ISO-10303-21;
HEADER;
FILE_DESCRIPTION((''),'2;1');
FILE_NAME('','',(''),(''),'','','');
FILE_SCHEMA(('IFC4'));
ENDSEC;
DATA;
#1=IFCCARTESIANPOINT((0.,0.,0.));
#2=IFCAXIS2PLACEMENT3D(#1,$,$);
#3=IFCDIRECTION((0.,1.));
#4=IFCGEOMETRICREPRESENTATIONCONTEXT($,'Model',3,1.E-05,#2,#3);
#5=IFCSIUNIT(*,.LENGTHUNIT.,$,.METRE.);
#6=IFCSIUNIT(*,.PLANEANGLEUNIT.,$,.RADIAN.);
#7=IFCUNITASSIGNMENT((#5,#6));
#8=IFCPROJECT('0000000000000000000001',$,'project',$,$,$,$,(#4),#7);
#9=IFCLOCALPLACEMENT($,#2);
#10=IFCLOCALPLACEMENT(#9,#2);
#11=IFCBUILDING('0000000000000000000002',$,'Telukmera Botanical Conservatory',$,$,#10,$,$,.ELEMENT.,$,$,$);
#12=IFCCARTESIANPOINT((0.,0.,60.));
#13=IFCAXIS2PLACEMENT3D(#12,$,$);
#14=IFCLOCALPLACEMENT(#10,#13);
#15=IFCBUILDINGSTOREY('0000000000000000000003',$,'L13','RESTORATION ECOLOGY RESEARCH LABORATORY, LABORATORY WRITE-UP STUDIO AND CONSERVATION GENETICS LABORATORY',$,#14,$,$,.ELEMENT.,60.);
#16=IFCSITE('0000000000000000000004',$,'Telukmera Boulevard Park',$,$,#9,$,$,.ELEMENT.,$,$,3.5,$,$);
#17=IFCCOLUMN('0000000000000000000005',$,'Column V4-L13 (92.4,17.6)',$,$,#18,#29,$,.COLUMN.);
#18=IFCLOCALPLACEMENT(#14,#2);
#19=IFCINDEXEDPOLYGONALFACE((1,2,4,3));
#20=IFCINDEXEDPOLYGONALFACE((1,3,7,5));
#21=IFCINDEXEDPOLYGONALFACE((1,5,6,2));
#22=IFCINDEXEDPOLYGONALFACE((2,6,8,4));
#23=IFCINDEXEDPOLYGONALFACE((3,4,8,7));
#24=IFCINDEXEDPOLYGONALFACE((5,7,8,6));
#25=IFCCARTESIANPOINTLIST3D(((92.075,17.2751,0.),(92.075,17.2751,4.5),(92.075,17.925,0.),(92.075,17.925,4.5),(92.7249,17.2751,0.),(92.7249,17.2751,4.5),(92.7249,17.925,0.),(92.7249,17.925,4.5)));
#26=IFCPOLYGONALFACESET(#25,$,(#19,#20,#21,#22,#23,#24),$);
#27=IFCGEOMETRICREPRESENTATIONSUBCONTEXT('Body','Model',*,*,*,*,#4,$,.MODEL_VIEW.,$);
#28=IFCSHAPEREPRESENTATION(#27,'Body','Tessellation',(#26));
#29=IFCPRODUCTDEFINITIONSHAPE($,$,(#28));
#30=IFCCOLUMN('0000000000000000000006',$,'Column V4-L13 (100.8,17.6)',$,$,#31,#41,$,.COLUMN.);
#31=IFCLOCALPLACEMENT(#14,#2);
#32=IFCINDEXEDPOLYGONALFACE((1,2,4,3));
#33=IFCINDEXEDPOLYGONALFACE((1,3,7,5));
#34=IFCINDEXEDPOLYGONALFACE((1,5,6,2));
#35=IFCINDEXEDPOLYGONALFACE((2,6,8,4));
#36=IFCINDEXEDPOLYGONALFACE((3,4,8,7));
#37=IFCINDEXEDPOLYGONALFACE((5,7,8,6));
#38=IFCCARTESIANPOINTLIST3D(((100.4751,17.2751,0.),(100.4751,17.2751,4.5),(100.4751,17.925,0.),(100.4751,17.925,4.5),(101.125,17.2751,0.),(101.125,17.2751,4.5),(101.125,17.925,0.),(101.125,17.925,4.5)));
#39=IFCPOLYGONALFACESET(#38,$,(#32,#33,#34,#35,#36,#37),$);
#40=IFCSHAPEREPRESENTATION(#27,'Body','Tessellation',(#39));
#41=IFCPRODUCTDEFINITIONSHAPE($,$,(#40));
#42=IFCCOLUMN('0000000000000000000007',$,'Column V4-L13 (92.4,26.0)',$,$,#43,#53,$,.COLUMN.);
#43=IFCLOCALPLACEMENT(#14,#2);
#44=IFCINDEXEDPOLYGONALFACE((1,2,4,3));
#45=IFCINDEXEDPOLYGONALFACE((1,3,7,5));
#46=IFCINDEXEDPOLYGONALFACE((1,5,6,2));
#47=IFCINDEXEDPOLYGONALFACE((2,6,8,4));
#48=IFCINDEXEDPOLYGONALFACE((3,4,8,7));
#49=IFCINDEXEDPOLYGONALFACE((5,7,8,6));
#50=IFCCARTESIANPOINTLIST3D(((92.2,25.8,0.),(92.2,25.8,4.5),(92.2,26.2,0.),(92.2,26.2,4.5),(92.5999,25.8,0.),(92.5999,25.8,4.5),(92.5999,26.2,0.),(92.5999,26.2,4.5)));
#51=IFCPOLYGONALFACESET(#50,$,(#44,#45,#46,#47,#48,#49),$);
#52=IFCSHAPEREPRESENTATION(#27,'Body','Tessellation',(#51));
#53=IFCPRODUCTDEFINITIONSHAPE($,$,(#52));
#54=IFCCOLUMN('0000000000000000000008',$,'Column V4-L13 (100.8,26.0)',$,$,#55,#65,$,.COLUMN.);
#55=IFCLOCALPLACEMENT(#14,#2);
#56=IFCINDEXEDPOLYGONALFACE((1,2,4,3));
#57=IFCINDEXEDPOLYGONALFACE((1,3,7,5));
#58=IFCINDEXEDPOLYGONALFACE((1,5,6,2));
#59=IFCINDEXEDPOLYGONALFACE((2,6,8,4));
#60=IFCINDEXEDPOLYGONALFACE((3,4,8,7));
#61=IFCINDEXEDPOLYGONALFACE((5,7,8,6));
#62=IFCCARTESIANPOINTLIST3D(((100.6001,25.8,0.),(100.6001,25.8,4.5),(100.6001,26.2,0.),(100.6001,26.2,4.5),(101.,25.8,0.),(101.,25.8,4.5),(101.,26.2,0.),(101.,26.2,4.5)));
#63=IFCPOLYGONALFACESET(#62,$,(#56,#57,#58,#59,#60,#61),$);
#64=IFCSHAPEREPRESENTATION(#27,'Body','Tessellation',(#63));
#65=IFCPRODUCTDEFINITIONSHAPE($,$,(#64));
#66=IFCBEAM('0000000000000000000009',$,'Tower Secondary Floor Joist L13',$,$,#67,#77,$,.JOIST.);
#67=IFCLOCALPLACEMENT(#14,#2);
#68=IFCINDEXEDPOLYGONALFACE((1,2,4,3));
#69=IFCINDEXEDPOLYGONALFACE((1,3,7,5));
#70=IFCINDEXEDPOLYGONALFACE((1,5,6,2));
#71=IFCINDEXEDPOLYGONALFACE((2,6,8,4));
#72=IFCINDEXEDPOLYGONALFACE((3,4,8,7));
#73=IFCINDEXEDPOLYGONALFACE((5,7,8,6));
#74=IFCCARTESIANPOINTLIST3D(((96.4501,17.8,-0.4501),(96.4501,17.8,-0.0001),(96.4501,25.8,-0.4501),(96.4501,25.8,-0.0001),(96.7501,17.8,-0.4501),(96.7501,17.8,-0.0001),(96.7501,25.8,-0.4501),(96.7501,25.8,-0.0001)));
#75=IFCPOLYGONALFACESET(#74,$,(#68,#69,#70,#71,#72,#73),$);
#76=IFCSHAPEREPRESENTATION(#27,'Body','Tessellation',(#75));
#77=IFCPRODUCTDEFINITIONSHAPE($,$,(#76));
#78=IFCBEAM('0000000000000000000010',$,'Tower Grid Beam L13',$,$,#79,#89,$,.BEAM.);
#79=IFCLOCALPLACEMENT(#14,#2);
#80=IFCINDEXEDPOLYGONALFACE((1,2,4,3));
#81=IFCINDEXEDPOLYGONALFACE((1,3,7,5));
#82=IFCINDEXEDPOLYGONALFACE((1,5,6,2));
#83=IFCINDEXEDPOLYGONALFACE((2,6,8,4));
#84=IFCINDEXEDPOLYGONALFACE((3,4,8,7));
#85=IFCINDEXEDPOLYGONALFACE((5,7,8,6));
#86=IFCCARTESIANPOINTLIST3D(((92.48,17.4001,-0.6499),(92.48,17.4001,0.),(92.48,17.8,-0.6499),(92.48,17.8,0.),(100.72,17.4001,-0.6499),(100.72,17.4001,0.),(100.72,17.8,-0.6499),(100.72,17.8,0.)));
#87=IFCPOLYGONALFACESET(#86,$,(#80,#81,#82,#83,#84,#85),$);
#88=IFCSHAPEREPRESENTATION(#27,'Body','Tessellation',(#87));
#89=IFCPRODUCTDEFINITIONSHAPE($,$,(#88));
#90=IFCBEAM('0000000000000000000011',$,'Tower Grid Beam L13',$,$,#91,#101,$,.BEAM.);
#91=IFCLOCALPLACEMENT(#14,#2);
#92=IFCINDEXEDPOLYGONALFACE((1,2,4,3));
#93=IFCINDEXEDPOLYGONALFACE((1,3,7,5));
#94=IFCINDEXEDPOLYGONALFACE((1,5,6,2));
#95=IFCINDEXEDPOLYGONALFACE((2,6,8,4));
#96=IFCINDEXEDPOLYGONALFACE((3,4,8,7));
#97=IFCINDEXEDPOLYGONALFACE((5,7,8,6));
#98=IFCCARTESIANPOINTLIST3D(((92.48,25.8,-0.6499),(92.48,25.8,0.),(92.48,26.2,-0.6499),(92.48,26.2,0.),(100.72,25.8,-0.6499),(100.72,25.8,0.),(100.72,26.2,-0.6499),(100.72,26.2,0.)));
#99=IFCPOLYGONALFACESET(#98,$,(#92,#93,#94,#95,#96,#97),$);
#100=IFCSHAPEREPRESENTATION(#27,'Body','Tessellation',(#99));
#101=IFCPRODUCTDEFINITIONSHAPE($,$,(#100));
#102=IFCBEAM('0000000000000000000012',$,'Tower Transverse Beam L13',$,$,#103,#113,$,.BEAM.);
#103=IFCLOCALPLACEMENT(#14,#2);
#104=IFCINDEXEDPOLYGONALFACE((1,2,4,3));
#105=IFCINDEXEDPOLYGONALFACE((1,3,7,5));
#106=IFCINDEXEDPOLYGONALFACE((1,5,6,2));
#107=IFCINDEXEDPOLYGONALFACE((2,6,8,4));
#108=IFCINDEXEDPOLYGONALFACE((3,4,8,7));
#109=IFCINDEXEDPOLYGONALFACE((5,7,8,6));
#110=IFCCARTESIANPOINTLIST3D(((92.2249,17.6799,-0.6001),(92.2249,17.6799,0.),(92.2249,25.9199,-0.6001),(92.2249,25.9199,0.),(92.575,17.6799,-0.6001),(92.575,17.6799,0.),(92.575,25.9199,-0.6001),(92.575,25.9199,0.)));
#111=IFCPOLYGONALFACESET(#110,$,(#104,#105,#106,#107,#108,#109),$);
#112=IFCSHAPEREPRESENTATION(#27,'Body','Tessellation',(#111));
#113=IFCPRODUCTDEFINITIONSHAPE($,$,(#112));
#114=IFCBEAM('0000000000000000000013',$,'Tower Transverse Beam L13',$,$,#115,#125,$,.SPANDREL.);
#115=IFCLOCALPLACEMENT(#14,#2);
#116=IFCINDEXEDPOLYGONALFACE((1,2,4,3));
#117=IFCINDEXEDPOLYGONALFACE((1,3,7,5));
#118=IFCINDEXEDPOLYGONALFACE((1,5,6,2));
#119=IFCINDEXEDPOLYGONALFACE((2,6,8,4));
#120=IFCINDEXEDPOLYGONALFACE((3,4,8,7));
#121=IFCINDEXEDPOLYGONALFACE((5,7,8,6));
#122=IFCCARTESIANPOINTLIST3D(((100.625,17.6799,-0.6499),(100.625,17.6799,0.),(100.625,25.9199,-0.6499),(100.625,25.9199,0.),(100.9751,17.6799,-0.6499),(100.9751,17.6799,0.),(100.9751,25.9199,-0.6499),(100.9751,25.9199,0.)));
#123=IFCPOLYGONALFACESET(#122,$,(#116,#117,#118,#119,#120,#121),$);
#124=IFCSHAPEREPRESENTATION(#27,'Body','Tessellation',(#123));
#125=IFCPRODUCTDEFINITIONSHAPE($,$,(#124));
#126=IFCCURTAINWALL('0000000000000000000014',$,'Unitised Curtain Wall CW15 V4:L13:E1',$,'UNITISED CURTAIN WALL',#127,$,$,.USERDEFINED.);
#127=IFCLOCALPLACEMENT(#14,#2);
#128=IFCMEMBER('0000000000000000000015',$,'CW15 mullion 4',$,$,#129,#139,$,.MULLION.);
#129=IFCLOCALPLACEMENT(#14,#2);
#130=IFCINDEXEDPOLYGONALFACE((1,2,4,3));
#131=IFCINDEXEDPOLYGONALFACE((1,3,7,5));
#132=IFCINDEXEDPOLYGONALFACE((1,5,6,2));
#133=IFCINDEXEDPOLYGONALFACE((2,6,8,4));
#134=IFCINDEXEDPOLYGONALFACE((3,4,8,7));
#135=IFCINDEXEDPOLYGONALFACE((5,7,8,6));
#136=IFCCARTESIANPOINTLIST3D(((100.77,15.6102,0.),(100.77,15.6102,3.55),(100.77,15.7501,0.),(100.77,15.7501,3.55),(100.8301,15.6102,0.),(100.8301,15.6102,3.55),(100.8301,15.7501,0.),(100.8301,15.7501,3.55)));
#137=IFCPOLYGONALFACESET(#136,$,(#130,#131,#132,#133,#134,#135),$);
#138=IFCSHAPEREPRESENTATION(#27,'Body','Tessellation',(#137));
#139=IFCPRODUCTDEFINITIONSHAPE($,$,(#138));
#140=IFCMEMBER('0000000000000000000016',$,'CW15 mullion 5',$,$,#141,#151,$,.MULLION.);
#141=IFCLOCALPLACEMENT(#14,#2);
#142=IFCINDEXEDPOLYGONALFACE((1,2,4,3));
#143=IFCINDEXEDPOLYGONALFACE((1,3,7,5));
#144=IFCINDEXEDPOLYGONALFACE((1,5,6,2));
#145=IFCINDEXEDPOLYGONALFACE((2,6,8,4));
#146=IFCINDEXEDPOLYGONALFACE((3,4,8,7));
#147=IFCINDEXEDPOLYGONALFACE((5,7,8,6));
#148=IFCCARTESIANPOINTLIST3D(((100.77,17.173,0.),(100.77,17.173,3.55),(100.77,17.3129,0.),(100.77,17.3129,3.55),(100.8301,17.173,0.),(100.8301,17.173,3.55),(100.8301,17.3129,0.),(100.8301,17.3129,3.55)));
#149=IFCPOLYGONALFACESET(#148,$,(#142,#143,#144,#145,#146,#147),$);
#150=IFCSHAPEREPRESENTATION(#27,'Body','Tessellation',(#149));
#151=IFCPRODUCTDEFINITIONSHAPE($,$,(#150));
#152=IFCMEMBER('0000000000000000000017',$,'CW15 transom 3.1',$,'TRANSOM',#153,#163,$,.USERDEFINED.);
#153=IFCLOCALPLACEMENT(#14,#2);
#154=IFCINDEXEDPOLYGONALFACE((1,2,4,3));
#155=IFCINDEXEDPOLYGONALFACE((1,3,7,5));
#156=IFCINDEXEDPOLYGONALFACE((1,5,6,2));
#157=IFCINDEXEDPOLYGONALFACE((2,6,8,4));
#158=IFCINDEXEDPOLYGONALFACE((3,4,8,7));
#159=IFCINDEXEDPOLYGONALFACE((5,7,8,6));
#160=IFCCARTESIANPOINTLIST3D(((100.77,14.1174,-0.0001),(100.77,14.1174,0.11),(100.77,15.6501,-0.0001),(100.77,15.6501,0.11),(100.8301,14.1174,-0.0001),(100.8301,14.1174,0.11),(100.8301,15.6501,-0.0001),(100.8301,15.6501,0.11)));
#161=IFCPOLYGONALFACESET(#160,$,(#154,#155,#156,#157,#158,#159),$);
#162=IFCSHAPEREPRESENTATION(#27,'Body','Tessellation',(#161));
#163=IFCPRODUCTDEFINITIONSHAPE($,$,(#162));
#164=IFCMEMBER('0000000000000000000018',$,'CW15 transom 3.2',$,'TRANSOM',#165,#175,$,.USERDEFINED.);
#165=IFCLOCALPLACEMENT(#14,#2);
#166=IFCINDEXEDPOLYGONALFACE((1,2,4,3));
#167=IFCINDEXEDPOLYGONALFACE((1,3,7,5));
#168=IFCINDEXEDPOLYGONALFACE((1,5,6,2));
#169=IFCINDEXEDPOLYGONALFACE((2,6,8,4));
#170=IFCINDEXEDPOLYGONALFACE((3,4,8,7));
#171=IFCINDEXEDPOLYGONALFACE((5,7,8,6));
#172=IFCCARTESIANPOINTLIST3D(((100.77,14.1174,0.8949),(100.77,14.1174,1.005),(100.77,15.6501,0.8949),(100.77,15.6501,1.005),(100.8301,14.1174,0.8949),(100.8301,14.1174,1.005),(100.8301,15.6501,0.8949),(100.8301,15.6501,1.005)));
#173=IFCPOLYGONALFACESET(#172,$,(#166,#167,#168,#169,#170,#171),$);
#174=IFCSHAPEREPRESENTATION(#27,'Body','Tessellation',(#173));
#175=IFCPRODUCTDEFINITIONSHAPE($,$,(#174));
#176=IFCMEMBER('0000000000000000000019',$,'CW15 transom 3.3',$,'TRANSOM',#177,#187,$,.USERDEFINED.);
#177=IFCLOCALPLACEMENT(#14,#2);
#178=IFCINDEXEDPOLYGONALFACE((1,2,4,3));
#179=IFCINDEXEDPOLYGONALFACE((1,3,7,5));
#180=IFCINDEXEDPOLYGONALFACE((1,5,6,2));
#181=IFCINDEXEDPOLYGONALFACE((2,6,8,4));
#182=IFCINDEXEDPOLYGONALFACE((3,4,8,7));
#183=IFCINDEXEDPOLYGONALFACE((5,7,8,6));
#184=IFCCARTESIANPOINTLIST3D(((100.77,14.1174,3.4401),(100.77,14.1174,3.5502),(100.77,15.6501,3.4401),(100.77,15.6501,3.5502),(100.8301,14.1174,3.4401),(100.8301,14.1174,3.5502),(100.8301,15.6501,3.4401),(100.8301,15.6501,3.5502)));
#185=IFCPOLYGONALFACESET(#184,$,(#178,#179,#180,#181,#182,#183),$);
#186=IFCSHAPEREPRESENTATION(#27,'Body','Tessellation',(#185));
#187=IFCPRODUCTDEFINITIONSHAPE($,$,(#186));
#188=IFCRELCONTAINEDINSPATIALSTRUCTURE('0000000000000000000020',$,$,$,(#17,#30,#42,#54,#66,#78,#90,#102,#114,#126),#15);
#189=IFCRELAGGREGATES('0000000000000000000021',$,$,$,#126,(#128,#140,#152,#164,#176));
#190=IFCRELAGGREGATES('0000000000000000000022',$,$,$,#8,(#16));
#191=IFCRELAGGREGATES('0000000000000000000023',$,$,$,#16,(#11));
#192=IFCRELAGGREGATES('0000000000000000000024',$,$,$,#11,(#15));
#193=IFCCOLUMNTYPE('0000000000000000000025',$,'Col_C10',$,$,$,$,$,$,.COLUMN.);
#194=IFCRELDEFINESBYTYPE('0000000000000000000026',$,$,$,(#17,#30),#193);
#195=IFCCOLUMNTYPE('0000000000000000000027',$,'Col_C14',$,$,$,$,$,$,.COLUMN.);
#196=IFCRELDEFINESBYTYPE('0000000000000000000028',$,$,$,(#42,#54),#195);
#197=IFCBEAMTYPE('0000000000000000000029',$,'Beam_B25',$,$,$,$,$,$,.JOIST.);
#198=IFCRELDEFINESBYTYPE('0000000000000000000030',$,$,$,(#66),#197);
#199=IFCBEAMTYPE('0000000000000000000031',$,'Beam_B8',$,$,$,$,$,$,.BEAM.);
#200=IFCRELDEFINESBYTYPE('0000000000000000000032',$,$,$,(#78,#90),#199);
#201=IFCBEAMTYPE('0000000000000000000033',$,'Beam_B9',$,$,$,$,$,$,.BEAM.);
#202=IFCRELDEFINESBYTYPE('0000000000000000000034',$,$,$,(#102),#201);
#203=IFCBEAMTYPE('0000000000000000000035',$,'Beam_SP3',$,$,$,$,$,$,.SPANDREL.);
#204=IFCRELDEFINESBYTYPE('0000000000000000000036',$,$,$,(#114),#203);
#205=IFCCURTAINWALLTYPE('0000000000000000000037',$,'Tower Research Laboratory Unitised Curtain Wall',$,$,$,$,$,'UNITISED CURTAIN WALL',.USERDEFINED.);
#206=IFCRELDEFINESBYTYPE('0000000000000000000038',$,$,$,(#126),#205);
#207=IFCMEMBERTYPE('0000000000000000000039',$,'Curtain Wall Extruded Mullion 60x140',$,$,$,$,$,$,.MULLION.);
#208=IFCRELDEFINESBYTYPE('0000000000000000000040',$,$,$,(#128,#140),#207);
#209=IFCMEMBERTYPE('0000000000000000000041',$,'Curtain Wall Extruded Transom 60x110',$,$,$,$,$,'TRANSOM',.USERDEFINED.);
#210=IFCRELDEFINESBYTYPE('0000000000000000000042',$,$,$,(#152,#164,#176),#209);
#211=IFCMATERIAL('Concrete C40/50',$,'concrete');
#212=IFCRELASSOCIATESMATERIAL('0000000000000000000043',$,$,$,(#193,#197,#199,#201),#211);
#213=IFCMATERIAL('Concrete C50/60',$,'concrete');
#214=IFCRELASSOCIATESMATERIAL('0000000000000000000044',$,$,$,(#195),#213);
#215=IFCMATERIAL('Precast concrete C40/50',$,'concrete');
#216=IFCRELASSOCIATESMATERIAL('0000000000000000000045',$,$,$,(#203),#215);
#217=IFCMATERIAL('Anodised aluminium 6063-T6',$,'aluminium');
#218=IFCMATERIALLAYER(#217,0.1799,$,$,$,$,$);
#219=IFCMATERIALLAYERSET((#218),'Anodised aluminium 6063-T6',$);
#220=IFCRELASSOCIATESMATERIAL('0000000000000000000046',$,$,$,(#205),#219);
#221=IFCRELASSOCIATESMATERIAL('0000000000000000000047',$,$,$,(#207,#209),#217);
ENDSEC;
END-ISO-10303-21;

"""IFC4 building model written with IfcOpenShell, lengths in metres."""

from ifc_helpers import new_model, si_unit, direction, frame, origin, origin_2d, place, context, subcontext, project, spatial, rectangle, extrude, material, layer, layer_set, material_profile, profile_set, type_object, element, aggregate, save


model = new_model("IFC4")

# Units and contexts
model_context = context("Model", 3, precision=1e-05, world=origin(), true_north=direction((0.0, 1.0)))
body_context = subcontext(model_context, "Body", "Model", "MODEL_VIEW")
ifc_project = project(units=[si_unit("LENGTHUNIT", "METRE"), si_unit("PLANEANGLEUNIT", "RADIAN")], contexts=[model_context])

# Site, building, storey
site_placement = place(None, origin())
site = spatial("IfcSite", under=ifc_project, at=site_placement, Name="Telukmera Boulevard Park", CompositionType="ELEMENT", RefElevation=3.5)
building_placement = place(site_placement, origin())
building = spatial("IfcBuilding", under=site, at=building_placement, Name="Telukmera Botanical Conservatory", CompositionType="ELEMENT")
storey_placement = place(building_placement, frame((0.0, 0.0, 60.0)))
storey = spatial("IfcBuildingStorey", under=building, at=storey_placement, Name="L13", Description="RESTORATION ECOLOGY RESEARCH LABORATORY, LABORATORY WRITE-UP STUDIO AND CONSERVATION GENETICS LABORATORY", CompositionType="ELEMENT", Elevation=60.0)

# Columns
ifc_material_1 = material(Name="Concrete C40/50", Category="concrete")
ifc_material_profile_1 = material_profile(ifc_material_1, rectangle(XDim=0.6499, YDim=0.6499, at=origin_2d()), Name="RC 650x650")
ifc_profile_set_1 = profile_set([ifc_material_profile_1], Name="Concrete C40/50")
column_type_1 = type_object("IfcColumnType", Name="Col_C10", PredefinedType="COLUMN", material=ifc_profile_set_1)
for number, where, z_axis, x_axis, name in (
    (1, (92.3999, 17.6001, 0.0), (0.0, 0.0, 1.0), (1.0, 0.0, 0.0), "Column V4-L13 (92.4,17.6)"),
    (2, (100.8, 17.6001, 0.0), (0.0, 0.0, 1.0), (1.0, 0.0, 0.0), "Column V4-L13 (100.8,17.6)"),
):
    element("IfcColumn", number, at=place(storey_placement, frame(where, z_axis=z_axis, x_axis=x_axis)), inside=storey, type_object=column_type_1, Name=name, PredefinedType="COLUMN", context=body_context, shape_type="SweptSolid", body=[
        extrude(rectangle(XDim=0.6499, YDim=0.6499, at=origin_2d()), origin(), (0.0, 0.0, 1.0), 4.5),
    ])
ifc_material_2 = material(Name="Concrete C50/60", Category="concrete")
ifc_material_profile_2 = material_profile(ifc_material_2, rectangle(XDim=0.3999, YDim=0.3999, at=origin_2d()), Name="RC 400x400")
ifc_profile_set_2 = profile_set([ifc_material_profile_2], Name="Concrete C50/60")
column_type_2 = type_object("IfcColumnType", Name="Col_C14", PredefinedType="COLUMN", material=ifc_profile_set_2)
for number, where, z_axis, x_axis, name in (
    (3, (92.3999, 26.0, 0.0), (0.0, 0.0, 1.0), (1.0, 0.0, 0.0), "Column V4-L13 (92.4,26.0)"),
    (4, (100.8, 26.0, 0.0), (0.0, 0.0, 1.0), (1.0, 0.0, 0.0), "Column V4-L13 (100.8,26.0)"),
):
    element("IfcColumn", number, at=place(storey_placement, frame(where, z_axis=z_axis, x_axis=x_axis)), inside=storey, type_object=column_type_2, Name=name, PredefinedType="COLUMN", context=body_context, shape_type="SweptSolid", body=[
        extrude(rectangle(XDim=0.3999, YDim=0.3999, at=origin_2d()), origin(), (0.0, 0.0, 1.0), 4.5),
    ])

# Beams
ifc_material_profile_3 = material_profile(ifc_material_1, rectangle(XDim=0.3, YDim=0.45, at=origin_2d()), Name="RC 300x450")
ifc_profile_set_3 = profile_set([ifc_material_profile_3], Name="Concrete C40/50")
beam_type_1 = type_object("IfcBeamType", Name="Beam_B25", PredefinedType="JOIST", material=ifc_profile_set_3)
beam_1_placement = place(storey_placement, frame((96.6001, 17.8, -0.2251), z_axis=(0.0, 1.0, 0.0), x_axis=(-1.0, 0.0, 0.0)))
element("IfcBeam", 5, at=beam_1_placement, inside=storey, type_object=beam_type_1, Name="Tower Secondary Floor Joist L13", PredefinedType="JOIST", context=body_context, shape_type="SweptSolid", body=[
    extrude(rectangle(XDim=0.3, YDim=0.45, at=origin_2d()), origin(), (0.0, 0.0, 1.0), 8.0),
])
ifc_material_profile_4 = material_profile(ifc_material_1, rectangle(XDim=0.3999, YDim=0.6499, at=origin_2d()), Name="RC 400x650")
ifc_profile_set_4 = profile_set([ifc_material_profile_4], Name="Concrete C40/50")
beam_type_2 = type_object("IfcBeamType", Name="Beam_B8", PredefinedType="BEAM", material=ifc_profile_set_4)
for number, where, z_axis, x_axis, name in (
    (6, (92.48, 17.6001, -0.325), (1.0, 0.0, 0.0), (0.0, 1.0, 0.0), "Tower Grid Beam L13"),
    (7, (92.48, 26.0, -0.325), (1.0, 0.0, 0.0), (0.0, 1.0, 0.0), "Tower Grid Beam L13"),
):
    element("IfcBeam", number, at=place(storey_placement, frame(where, z_axis=z_axis, x_axis=x_axis)), inside=storey, type_object=beam_type_2, Name=name, PredefinedType="BEAM", context=body_context, shape_type="SweptSolid", body=[
        extrude(rectangle(XDim=0.3999, YDim=0.6499, at=origin_2d()), origin(), (0.0, 0.0, 1.0), 8.24),
    ])
ifc_material_profile_5 = material_profile(ifc_material_1, rectangle(XDim=0.3501, YDim=0.6001, at=origin_2d()), Name="RC 350x600")
ifc_profile_set_5 = profile_set([ifc_material_profile_5], Name="Concrete C40/50")
beam_type_3 = type_object("IfcBeamType", Name="Beam_B9", PredefinedType="BEAM", material=ifc_profile_set_5)
beam_2_placement = place(storey_placement, frame((92.3999, 17.6799, -0.3), z_axis=(0.0, 1.0, 0.0), x_axis=(-1.0, 0.0, 0.0)))
element("IfcBeam", 8, at=beam_2_placement, inside=storey, type_object=beam_type_3, Name="Tower Transverse Beam L13", PredefinedType="BEAM", context=body_context, shape_type="SweptSolid", body=[
    extrude(rectangle(XDim=0.3501, YDim=0.6001, at=origin_2d()), origin(), (0.0, 0.0, 1.0), 8.24),
])
ifc_material_3 = material(Name="Precast concrete C40/50", Category="concrete")
ifc_material_profile_6 = material_profile(ifc_material_3, rectangle(XDim=0.3501, YDim=0.6499, at=origin_2d()), Name="PC 350x650")
ifc_profile_set_6 = profile_set([ifc_material_profile_6], Name="Precast concrete C40/50")
beam_type_4 = type_object("IfcBeamType", Name="Beam_SP3", PredefinedType="SPANDREL", material=ifc_profile_set_6)
beam_3_placement = place(storey_placement, frame((100.8, 17.6799, -0.325), z_axis=(0.0, 1.0, 0.0), x_axis=(-1.0, 0.0, 0.0)))
element("IfcBeam", 9, at=beam_3_placement, inside=storey, type_object=beam_type_4, Name="Tower Transverse Beam L13", PredefinedType="SPANDREL", context=body_context, shape_type="SweptSolid", body=[
    extrude(rectangle(XDim=0.3501, YDim=0.6499, at=origin_2d()), origin(), (0.0, 0.0, 1.0), 8.24),
])

# Curtain wall, members
ifc_material_4 = material(Name="Anodised aluminium 6063-T6", Category="aluminium")
ifc_layer_1 = layer(ifc_material_4, 0.1799)
ifc_layer_set_1 = layer_set([ifc_layer_1], Name="Anodised aluminium 6063-T6")
curtain_wall_type = type_object("IfcCurtainWallType", Name="Tower Research Laboratory Unitised Curtain Wall", ElementType="UNITISED CURTAIN WALL", PredefinedType="USERDEFINED", material=ifc_layer_set_1)
curtain_wall_placement = place(storey_placement, origin())
curtain_wall = element("IfcCurtainWall", 10, at=curtain_wall_placement, inside=storey, type_object=curtain_wall_type, Name="Unitised Curtain Wall CW15 V4:L13:E1", ObjectType="UNITISED CURTAIN WALL", PredefinedType="USERDEFINED")
ifc_material_profile_7 = material_profile(ifc_material_4, rectangle(XDim=0.0601, YDim=0.1399, at=origin_2d()), Name="ALU MULL 60x140")
ifc_profile_set_7 = profile_set([ifc_material_profile_7], Name="Anodised aluminium 6063-T6")
member_type_1 = type_object("IfcMemberType", Name="Curtain Wall Extruded Mullion 60x140", PredefinedType="MULLION", material=ifc_profile_set_7)
member_1_placement = place(storey_placement, frame((100.8, 15.6802, 0.0), z_axis=(0.0, 0.0, 1.0), x_axis=(-1.0, 0.0, 0.0)))
member_1 = element("IfcMember", 11, at=member_1_placement, type_object=member_type_1, Name="CW15 mullion 4", PredefinedType="MULLION", context=body_context, shape_type="SweptSolid", body=[
    extrude(rectangle(XDim=0.0601, YDim=0.1399, at=origin_2d()), origin(), (0.0, 0.0, 1.0), 3.55),
])
member_2_placement = place(storey_placement, frame((100.8, 17.2429, 0.0), z_axis=(0.0, 0.0, 1.0), x_axis=(-1.0, 0.0, 0.0)))
member_2 = element("IfcMember", 12, at=member_2_placement, type_object=member_type_1, Name="CW15 mullion 5", PredefinedType="MULLION", context=body_context, shape_type="SweptSolid", body=[
    extrude(rectangle(XDim=0.0601, YDim=0.1399, at=origin_2d()), origin(), (0.0, 0.0, 1.0), 3.55),
])
ifc_material_profile_8 = material_profile(ifc_material_4, rectangle(XDim=0.0601, YDim=0.1101, at=origin_2d()), Name="ALU TRAN 60x110")
ifc_profile_set_8 = profile_set([ifc_material_profile_8], Name="Anodised aluminium 6063-T6")
member_type_2 = type_object("IfcMemberType", Name="Curtain Wall Extruded Transom 60x110", ElementType="TRANSOM", PredefinedType="USERDEFINED", material=ifc_profile_set_8)
member_3_placement = place(storey_placement, frame((100.8, 14.1174, 0.0549), z_axis=(0.0, 1.0, 0.0), x_axis=(-1.0, 0.0, 0.0)))
member_3 = element("IfcMember", 13, at=member_3_placement, type_object=member_type_2, Name="CW15 transom 3.1", ObjectType="TRANSOM", PredefinedType="USERDEFINED", context=body_context, shape_type="SweptSolid", body=[
    extrude(rectangle(XDim=0.0601, YDim=0.1101, at=origin_2d()), origin(), (0.0, 0.0, 1.0), 1.5327),
])
member_4_placement = place(storey_placement, frame((100.8, 14.1174, 0.95), z_axis=(0.0, 1.0, 0.0), x_axis=(-1.0, 0.0, 0.0)))
member_4 = element("IfcMember", 14, at=member_4_placement, type_object=member_type_2, Name="CW15 transom 3.2", ObjectType="TRANSOM", PredefinedType="USERDEFINED", context=body_context, shape_type="SweptSolid", body=[
    extrude(rectangle(XDim=0.0601, YDim=0.1101, at=origin_2d()), origin(), (0.0, 0.0, 1.0), 1.5327),
])
member_5_placement = place(storey_placement, frame((100.8, 14.1174, 3.4951), z_axis=(0.0, 1.0, 0.0), x_axis=(-1.0, 0.0, 0.0)))
member_5 = element("IfcMember", 15, at=member_5_placement, type_object=member_type_2, Name="CW15 transom 3.3", ObjectType="TRANSOM", PredefinedType="USERDEFINED", context=body_context, shape_type="SweptSolid", body=[
    extrude(rectangle(XDim=0.0601, YDim=0.1101, at=origin_2d()), origin(), (0.0, 0.0, 1.0), 1.5327),
])
aggregate(curtain_wall, [member_1, member_2, member_3, member_4, member_5])

save(model, "model.ifc")
